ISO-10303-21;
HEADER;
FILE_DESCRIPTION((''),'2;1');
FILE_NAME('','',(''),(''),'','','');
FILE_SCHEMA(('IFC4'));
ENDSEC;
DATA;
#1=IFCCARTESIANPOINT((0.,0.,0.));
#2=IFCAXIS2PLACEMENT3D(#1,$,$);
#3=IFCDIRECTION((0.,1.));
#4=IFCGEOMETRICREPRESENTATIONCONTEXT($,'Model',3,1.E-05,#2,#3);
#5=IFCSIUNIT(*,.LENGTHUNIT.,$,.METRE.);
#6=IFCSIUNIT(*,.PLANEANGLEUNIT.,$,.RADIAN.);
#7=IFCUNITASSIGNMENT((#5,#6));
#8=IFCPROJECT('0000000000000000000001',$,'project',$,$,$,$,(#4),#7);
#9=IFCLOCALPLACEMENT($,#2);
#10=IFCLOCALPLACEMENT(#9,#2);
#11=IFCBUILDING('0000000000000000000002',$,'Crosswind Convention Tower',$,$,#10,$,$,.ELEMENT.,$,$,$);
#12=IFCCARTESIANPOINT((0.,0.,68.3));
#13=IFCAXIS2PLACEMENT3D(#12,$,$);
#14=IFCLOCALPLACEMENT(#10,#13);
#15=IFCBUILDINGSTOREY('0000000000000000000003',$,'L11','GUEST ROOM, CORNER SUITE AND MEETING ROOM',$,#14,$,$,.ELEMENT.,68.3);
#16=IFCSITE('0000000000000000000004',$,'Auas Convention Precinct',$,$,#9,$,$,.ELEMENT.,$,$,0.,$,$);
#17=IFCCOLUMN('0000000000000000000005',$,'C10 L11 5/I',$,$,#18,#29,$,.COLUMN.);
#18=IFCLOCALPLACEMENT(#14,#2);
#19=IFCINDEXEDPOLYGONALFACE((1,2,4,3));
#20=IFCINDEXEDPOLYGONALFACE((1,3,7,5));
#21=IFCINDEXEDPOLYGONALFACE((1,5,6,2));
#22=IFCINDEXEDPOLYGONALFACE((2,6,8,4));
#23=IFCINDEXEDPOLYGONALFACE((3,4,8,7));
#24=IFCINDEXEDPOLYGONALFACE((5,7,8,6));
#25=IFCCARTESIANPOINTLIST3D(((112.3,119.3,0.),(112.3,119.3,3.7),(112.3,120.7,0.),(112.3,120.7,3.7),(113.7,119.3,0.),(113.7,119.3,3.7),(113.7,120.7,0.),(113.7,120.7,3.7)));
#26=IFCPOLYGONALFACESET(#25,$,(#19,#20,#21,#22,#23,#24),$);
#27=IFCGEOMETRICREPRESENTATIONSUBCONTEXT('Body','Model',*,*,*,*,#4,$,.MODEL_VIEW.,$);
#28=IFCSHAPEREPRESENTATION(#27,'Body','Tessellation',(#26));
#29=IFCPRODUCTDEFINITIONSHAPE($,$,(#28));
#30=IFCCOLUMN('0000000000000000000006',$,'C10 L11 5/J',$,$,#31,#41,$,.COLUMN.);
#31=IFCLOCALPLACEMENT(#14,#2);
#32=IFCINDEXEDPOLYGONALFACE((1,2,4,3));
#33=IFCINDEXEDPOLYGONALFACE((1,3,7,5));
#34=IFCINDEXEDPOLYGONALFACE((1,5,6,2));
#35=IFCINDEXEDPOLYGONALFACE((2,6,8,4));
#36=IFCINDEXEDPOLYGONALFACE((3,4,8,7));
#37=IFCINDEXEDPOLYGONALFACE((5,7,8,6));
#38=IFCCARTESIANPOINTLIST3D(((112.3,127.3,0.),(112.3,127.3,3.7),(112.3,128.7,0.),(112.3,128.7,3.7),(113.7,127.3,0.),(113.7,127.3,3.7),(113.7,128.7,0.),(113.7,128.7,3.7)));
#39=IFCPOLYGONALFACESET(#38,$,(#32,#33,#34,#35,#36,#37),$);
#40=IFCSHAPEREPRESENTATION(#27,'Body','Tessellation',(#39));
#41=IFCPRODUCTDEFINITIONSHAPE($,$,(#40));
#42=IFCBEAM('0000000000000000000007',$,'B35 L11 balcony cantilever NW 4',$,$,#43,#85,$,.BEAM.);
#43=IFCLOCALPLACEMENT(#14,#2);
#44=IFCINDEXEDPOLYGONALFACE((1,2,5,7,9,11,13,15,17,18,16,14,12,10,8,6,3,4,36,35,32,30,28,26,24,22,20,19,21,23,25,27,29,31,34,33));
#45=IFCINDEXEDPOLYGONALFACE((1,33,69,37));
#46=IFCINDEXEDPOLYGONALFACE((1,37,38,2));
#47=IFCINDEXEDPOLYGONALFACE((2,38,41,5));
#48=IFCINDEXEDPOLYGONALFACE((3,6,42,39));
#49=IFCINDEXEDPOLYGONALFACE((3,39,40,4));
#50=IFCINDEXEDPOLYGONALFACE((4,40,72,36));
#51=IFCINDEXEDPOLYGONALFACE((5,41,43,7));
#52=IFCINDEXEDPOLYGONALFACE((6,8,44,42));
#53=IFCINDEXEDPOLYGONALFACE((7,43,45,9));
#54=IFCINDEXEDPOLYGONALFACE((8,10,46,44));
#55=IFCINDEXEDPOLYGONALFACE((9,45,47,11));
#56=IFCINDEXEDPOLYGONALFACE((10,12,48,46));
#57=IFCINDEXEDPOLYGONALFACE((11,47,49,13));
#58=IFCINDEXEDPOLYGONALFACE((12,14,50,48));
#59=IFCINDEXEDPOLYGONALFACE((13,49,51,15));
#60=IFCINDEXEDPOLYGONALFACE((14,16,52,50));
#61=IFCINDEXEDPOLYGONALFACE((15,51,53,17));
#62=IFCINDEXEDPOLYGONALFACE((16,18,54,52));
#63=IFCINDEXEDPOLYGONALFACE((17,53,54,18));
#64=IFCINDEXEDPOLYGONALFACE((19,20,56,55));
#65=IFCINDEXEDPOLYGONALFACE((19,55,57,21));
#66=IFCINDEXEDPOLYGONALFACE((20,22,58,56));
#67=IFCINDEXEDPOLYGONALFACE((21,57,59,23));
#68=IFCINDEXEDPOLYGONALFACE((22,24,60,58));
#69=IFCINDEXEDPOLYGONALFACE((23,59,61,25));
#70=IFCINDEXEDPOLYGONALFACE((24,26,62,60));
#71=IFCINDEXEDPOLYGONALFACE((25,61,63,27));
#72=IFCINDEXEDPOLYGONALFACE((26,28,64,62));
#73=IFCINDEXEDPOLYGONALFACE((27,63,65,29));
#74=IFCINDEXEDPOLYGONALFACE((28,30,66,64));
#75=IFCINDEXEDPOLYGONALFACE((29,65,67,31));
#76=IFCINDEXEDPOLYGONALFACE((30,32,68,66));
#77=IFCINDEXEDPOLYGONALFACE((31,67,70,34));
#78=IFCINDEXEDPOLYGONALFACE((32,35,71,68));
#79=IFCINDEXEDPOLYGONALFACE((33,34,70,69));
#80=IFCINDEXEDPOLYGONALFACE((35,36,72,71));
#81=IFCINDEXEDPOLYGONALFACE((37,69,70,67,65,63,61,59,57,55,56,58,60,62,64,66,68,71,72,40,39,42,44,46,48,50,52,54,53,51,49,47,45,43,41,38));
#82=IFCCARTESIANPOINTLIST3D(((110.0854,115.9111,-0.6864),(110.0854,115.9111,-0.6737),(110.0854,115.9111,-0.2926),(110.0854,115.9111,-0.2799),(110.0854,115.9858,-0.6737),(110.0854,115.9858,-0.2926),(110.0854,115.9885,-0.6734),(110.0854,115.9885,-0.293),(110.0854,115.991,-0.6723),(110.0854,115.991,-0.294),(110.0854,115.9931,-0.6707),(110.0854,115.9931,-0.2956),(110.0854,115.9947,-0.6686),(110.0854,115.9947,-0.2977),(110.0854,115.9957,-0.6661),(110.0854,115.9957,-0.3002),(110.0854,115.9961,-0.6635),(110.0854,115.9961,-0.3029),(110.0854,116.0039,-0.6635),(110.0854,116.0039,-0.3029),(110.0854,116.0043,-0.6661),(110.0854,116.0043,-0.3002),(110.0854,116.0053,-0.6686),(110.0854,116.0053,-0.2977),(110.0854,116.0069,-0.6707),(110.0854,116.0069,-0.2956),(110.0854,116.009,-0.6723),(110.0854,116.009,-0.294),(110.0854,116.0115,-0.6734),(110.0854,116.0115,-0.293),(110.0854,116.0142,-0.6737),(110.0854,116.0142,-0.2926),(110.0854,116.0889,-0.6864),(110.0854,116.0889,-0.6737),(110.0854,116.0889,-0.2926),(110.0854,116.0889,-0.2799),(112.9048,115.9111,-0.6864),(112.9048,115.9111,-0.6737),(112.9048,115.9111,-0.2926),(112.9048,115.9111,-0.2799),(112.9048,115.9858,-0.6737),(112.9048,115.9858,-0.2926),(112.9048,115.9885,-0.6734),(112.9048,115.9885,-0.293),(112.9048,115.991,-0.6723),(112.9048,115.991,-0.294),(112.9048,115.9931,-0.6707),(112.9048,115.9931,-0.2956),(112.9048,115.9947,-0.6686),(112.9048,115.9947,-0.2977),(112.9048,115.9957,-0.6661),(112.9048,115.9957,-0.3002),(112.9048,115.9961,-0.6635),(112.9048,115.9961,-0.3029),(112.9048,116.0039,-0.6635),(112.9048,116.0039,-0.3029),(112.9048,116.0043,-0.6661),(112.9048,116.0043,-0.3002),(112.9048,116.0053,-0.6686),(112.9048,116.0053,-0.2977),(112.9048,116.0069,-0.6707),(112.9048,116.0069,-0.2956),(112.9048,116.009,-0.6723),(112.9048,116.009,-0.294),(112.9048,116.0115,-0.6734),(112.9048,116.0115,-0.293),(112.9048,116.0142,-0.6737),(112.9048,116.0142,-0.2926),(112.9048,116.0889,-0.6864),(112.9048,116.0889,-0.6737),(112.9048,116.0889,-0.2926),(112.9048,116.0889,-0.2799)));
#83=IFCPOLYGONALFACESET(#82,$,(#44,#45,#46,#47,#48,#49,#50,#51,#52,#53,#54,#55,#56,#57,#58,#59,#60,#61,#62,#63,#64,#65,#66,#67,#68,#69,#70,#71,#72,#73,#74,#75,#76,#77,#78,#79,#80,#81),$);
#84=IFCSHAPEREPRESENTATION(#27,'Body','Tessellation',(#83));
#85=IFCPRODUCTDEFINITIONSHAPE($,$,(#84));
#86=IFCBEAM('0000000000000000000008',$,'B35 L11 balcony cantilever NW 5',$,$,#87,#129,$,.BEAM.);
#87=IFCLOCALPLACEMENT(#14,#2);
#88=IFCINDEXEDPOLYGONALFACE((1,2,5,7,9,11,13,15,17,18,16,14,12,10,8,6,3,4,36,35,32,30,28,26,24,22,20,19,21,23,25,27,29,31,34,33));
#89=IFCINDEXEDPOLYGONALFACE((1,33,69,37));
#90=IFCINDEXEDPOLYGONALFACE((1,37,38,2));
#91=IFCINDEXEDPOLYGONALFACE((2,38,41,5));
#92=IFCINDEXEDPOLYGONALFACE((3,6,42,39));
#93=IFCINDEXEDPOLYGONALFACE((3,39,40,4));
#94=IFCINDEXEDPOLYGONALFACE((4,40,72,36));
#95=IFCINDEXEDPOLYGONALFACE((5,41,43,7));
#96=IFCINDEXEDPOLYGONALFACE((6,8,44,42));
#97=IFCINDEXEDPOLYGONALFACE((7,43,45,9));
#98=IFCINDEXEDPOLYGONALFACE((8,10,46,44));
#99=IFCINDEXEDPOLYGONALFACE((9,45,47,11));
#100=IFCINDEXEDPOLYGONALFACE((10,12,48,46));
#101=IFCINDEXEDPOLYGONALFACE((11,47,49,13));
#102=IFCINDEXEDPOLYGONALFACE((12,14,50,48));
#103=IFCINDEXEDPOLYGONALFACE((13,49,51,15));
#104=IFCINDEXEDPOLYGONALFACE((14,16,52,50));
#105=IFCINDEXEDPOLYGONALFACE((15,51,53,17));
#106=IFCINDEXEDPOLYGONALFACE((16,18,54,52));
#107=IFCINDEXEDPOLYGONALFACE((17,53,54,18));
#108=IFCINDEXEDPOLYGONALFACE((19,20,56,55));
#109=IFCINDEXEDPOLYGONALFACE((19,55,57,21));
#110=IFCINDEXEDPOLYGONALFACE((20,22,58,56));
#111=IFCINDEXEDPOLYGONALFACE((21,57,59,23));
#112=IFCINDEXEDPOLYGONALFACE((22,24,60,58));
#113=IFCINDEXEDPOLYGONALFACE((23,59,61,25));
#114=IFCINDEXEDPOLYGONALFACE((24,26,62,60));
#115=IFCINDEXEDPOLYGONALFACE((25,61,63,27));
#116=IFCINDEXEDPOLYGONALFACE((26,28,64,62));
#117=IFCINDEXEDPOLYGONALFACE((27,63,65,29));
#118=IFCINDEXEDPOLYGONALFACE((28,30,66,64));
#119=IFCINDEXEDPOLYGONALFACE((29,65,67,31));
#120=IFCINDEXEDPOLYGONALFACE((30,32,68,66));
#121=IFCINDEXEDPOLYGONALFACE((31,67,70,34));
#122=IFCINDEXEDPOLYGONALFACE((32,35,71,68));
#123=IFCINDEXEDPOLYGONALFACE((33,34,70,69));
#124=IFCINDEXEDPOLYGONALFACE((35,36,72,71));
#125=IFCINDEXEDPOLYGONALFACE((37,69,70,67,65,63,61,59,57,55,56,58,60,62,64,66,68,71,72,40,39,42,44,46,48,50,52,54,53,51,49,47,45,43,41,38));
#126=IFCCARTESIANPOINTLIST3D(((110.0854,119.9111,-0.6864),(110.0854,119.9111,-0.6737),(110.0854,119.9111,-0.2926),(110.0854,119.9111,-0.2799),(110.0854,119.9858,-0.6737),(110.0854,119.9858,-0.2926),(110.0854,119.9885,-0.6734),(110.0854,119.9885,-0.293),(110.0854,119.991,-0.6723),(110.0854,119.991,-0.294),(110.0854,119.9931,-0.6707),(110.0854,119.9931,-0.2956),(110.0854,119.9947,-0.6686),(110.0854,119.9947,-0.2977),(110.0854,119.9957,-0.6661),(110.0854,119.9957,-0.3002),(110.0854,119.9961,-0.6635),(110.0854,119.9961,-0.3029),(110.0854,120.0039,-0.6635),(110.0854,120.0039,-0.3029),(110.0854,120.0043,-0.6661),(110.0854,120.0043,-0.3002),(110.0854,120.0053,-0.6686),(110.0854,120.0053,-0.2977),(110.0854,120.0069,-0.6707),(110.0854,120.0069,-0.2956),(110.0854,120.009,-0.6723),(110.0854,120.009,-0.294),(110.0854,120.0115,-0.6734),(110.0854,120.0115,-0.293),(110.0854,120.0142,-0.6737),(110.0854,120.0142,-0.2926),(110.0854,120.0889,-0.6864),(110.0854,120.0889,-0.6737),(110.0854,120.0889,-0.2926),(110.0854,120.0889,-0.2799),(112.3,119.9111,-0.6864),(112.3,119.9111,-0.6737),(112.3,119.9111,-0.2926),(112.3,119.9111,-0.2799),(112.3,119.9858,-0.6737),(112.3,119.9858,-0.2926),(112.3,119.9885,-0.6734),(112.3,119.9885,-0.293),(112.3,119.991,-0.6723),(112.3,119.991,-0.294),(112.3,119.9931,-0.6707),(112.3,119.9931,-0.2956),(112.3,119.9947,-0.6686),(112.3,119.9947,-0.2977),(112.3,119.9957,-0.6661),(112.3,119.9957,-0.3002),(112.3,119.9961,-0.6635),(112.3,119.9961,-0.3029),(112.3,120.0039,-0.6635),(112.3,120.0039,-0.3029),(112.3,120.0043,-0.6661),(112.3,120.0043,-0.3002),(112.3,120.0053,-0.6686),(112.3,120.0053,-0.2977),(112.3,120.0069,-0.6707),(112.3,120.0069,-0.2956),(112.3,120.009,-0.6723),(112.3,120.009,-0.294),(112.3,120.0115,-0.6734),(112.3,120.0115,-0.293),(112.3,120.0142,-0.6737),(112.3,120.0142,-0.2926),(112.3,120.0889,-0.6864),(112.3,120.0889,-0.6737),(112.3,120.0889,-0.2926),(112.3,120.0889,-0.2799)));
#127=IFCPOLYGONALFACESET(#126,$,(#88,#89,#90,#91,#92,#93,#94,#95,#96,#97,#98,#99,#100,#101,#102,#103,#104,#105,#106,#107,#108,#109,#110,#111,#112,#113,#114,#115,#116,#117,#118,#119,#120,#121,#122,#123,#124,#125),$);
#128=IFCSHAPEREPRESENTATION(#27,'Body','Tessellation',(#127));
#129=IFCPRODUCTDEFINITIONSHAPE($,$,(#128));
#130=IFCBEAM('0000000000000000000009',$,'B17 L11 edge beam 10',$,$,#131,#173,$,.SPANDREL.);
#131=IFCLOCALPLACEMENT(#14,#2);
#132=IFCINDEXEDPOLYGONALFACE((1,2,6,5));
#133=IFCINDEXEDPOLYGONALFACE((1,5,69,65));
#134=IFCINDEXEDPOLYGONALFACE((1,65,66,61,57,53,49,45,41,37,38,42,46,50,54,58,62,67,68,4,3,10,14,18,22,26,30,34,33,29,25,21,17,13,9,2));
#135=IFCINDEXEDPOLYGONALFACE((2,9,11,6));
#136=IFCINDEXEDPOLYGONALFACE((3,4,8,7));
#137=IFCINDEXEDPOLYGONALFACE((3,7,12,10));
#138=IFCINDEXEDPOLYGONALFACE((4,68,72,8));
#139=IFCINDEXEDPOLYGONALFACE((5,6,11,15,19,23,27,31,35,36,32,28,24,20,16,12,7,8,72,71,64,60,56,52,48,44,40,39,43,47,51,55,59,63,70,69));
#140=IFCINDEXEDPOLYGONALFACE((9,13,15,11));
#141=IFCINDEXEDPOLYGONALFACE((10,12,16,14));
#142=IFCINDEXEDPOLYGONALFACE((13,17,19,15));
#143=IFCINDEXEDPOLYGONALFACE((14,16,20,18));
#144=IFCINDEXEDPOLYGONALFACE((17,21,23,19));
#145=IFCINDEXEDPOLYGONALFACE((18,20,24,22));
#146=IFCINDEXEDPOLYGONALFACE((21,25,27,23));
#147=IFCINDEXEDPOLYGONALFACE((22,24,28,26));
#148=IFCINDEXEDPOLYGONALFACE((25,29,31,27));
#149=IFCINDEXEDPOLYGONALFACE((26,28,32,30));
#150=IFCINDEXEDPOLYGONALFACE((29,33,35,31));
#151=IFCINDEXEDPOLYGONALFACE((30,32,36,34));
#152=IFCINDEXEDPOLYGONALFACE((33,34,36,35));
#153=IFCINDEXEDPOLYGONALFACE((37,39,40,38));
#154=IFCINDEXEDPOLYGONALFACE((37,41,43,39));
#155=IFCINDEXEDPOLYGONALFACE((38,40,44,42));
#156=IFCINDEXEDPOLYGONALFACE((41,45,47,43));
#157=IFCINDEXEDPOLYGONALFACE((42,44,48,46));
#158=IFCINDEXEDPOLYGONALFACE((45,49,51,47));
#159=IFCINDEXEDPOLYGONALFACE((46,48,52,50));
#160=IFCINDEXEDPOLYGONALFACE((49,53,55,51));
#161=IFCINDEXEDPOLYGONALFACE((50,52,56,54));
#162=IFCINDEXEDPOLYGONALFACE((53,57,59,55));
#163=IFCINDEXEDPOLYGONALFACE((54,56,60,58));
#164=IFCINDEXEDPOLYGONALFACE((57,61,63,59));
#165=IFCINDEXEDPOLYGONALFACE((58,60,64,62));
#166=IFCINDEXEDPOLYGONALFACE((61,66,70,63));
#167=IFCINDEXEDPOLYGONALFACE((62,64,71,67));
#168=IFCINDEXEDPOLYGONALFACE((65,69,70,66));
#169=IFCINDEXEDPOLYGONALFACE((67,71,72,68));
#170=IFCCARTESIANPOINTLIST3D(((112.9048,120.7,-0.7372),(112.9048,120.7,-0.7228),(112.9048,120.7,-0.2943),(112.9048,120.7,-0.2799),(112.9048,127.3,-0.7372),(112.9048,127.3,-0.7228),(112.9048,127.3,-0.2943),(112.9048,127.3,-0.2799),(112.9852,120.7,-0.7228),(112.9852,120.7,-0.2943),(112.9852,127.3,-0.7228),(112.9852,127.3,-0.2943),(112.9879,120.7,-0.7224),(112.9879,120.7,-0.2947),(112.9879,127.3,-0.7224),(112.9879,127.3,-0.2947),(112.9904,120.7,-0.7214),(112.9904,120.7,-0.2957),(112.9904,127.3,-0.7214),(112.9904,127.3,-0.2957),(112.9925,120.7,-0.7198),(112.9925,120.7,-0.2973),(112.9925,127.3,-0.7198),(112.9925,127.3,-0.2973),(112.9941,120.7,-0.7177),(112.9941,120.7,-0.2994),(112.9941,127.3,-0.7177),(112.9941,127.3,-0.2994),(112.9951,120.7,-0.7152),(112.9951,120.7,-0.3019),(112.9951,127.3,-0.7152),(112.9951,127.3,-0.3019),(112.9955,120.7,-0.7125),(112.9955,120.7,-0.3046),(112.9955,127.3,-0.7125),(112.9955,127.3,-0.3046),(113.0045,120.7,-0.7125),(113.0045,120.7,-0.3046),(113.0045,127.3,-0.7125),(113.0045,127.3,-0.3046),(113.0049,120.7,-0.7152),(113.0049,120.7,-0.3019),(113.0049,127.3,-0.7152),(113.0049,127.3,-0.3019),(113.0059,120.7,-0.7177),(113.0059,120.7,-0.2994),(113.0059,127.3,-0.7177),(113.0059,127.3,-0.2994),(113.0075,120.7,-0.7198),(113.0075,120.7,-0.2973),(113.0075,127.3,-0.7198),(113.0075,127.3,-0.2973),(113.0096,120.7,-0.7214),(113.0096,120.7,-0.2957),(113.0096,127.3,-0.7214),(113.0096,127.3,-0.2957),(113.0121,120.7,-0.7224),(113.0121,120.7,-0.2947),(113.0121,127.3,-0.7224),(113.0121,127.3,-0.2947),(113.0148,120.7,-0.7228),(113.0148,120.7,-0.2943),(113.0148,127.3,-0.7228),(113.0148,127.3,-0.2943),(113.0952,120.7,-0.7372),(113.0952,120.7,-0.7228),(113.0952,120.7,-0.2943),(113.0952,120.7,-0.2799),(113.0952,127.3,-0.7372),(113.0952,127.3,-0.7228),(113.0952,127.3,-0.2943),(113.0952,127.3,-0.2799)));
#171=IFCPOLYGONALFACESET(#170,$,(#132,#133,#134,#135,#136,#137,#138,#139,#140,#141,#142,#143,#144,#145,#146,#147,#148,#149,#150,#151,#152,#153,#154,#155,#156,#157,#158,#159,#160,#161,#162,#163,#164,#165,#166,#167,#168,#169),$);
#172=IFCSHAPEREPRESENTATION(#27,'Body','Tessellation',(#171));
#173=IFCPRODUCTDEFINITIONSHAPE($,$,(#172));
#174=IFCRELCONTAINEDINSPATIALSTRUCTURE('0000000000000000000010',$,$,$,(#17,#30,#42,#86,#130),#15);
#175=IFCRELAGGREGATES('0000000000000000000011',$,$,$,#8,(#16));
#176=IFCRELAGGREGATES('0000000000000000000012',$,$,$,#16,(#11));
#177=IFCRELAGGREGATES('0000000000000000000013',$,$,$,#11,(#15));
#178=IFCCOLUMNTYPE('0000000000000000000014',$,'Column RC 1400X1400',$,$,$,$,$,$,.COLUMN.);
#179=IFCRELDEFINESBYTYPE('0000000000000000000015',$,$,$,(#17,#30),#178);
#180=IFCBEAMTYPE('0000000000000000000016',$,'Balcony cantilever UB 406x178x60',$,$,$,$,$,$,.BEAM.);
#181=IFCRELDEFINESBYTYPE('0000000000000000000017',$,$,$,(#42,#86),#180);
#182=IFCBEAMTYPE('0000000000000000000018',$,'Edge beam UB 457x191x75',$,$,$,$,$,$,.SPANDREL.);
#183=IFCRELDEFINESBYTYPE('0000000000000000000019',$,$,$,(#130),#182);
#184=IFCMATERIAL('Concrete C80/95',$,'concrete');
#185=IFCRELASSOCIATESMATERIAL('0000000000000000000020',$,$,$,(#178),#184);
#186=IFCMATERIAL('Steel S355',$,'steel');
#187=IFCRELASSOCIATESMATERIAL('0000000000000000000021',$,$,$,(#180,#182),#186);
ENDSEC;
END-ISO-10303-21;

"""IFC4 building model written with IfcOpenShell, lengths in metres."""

from ifc_helpers import new_model, si_unit, direction, frame, origin, origin_2d, place, context, subcontext, project, spatial, rectangle, i_section, extrude, material, material_profile, profile_set, type_object, element, save


model = new_model("IFC4")

# Units and contexts
model_context = context("Model", 3, precision=1e-05, world=origin(), true_north=direction((0.0, 1.0)))
body_context = subcontext(model_context, "Body", "Model", "MODEL_VIEW")
ifc_project = project(units=[si_unit("LENGTHUNIT", "METRE"), si_unit("PLANEANGLEUNIT", "RADIAN")], contexts=[model_context])

# Site, building, storey
site_placement = place(None, origin())
site = spatial("IfcSite", under=ifc_project, at=site_placement, Name="Auas Convention Precinct", CompositionType="ELEMENT", RefElevation=0.0)
building_placement = place(site_placement, origin())
building = spatial("IfcBuilding", under=site, at=building_placement, Name="Crosswind Convention Tower", CompositionType="ELEMENT")
storey_placement = place(building_placement, frame((0.0, 0.0, 68.3)))
storey = spatial("IfcBuildingStorey", under=building, at=storey_placement, Name="L11", Description="GUEST ROOM, CORNER SUITE AND MEETING ROOM", CompositionType="ELEMENT", Elevation=68.3)

# Columns
ifc_material_1 = material(Name="Concrete C80/95", Category="concrete")
ifc_material_profile_1 = material_profile(ifc_material_1, rectangle(XDim=1.3999, YDim=1.3999, at=origin_2d()), Name="RC 1400X1400")
ifc_profile_set_1 = profile_set([ifc_material_profile_1], Name="Concrete C80/95")
column_type = type_object("IfcColumnType", Name="Column RC 1400X1400", PredefinedType="COLUMN", material=ifc_profile_set_1)
for number, where, z_axis, x_axis, name in (
    (1, (113.0, 120.0, 0.0), (0.0, 0.0, 1.0), (1.0, 0.0, 0.0), "C10 L11 5/I"),
    (2, (113.0, 128.0, 0.0), (0.0, 0.0, 1.0), (1.0, 0.0, 0.0), "C10 L11 5/J"),
):
    element("IfcColumn", number, at=place(storey_placement, frame(where, z_axis=z_axis, x_axis=x_axis)), inside=storey, type_object=column_type, Name=name, PredefinedType="COLUMN", context=body_context, shape_type="SweptSolid", body=[
        extrude(rectangle(XDim=1.3999, YDim=1.3999, at=origin_2d()), origin(), (0.0, 0.0, 1.0), 3.7),
    ])

# Beams
ifc_material_2 = material(Name="Steel S355", Category="steel")
ifc_material_profile_2 = material_profile(ifc_material_2, i_section(OverallWidth=0.1777, OverallDepth=0.4065, WebThickness=0.0078, FlangeThickness=0.0127, FilletRadius=0.0103, at=origin_2d()), Name="UB 406x178x60")
ifc_profile_set_2 = profile_set([ifc_material_profile_2], Name="Steel S355")
beam_type_1 = type_object("IfcBeamType", Name="Balcony cantilever UB 406x178x60", PredefinedType="BEAM", material=ifc_profile_set_2)
beam_1_placement = place(storey_placement, frame((112.9048, 116.0, -0.4832), z_axis=(-1.0, 0.0, 0.0), x_axis=(0.0, -1.0, 0.0)))
element("IfcBeam", 3, at=beam_1_placement, inside=storey, type_object=beam_type_1, Name="B35 L11 balcony cantilever NW 4", PredefinedType="BEAM", context=body_context, shape_type="SweptSolid", body=[
    extrude(i_section(OverallWidth=0.1777, OverallDepth=0.4065, WebThickness=0.0078, FlangeThickness=0.0127, FilletRadius=0.0103, at=origin_2d()), origin(), (0.0, 0.0, 1.0), 2.8193),
])
beam_2_placement = place(storey_placement, frame((112.3, 120.0, -0.4832), z_axis=(-1.0, 0.0, 0.0), x_axis=(0.0, -1.0, 0.0)))
element("IfcBeam", 4, at=beam_2_placement, inside=storey, type_object=beam_type_1, Name="B35 L11 balcony cantilever NW 5", PredefinedType="BEAM", context=body_context, shape_type="SweptSolid", body=[
    extrude(i_section(OverallWidth=0.1777, OverallDepth=0.4065, WebThickness=0.0078, FlangeThickness=0.0127, FilletRadius=0.0103, at=origin_2d()), origin(), (0.0, 0.0, 1.0), 2.2146),
])
ifc_material_profile_3 = material_profile(ifc_material_2, i_section(OverallWidth=0.1904, OverallDepth=0.4573, WebThickness=0.009, FlangeThickness=0.0144, FilletRadius=0.0103, at=origin_2d()), Name="UB 457x191x75")
ifc_profile_set_3 = profile_set([ifc_material_profile_3], Name="Steel S355")
beam_type_2 = type_object("IfcBeamType", Name="Edge beam UB 457x191x75", PredefinedType="SPANDREL", material=ifc_profile_set_3)
beam_3_placement = place(storey_placement, frame((113.0, 120.7, -0.5085), z_axis=(0.0, 1.0, 0.0), x_axis=(-1.0, 0.0, 0.0)))
element("IfcBeam", 5, at=beam_3_placement, inside=storey, type_object=beam_type_2, Name="B17 L11 edge beam 10", PredefinedType="SPANDREL", context=body_context, shape_type="SweptSolid", body=[
    extrude(i_section(OverallWidth=0.1904, OverallDepth=0.4573, WebThickness=0.009, FlangeThickness=0.0144, FilletRadius=0.0103, at=origin_2d()), origin(), (0.0, 0.0, 1.0), 6.6001),
])

save(model, "model.ifc")
